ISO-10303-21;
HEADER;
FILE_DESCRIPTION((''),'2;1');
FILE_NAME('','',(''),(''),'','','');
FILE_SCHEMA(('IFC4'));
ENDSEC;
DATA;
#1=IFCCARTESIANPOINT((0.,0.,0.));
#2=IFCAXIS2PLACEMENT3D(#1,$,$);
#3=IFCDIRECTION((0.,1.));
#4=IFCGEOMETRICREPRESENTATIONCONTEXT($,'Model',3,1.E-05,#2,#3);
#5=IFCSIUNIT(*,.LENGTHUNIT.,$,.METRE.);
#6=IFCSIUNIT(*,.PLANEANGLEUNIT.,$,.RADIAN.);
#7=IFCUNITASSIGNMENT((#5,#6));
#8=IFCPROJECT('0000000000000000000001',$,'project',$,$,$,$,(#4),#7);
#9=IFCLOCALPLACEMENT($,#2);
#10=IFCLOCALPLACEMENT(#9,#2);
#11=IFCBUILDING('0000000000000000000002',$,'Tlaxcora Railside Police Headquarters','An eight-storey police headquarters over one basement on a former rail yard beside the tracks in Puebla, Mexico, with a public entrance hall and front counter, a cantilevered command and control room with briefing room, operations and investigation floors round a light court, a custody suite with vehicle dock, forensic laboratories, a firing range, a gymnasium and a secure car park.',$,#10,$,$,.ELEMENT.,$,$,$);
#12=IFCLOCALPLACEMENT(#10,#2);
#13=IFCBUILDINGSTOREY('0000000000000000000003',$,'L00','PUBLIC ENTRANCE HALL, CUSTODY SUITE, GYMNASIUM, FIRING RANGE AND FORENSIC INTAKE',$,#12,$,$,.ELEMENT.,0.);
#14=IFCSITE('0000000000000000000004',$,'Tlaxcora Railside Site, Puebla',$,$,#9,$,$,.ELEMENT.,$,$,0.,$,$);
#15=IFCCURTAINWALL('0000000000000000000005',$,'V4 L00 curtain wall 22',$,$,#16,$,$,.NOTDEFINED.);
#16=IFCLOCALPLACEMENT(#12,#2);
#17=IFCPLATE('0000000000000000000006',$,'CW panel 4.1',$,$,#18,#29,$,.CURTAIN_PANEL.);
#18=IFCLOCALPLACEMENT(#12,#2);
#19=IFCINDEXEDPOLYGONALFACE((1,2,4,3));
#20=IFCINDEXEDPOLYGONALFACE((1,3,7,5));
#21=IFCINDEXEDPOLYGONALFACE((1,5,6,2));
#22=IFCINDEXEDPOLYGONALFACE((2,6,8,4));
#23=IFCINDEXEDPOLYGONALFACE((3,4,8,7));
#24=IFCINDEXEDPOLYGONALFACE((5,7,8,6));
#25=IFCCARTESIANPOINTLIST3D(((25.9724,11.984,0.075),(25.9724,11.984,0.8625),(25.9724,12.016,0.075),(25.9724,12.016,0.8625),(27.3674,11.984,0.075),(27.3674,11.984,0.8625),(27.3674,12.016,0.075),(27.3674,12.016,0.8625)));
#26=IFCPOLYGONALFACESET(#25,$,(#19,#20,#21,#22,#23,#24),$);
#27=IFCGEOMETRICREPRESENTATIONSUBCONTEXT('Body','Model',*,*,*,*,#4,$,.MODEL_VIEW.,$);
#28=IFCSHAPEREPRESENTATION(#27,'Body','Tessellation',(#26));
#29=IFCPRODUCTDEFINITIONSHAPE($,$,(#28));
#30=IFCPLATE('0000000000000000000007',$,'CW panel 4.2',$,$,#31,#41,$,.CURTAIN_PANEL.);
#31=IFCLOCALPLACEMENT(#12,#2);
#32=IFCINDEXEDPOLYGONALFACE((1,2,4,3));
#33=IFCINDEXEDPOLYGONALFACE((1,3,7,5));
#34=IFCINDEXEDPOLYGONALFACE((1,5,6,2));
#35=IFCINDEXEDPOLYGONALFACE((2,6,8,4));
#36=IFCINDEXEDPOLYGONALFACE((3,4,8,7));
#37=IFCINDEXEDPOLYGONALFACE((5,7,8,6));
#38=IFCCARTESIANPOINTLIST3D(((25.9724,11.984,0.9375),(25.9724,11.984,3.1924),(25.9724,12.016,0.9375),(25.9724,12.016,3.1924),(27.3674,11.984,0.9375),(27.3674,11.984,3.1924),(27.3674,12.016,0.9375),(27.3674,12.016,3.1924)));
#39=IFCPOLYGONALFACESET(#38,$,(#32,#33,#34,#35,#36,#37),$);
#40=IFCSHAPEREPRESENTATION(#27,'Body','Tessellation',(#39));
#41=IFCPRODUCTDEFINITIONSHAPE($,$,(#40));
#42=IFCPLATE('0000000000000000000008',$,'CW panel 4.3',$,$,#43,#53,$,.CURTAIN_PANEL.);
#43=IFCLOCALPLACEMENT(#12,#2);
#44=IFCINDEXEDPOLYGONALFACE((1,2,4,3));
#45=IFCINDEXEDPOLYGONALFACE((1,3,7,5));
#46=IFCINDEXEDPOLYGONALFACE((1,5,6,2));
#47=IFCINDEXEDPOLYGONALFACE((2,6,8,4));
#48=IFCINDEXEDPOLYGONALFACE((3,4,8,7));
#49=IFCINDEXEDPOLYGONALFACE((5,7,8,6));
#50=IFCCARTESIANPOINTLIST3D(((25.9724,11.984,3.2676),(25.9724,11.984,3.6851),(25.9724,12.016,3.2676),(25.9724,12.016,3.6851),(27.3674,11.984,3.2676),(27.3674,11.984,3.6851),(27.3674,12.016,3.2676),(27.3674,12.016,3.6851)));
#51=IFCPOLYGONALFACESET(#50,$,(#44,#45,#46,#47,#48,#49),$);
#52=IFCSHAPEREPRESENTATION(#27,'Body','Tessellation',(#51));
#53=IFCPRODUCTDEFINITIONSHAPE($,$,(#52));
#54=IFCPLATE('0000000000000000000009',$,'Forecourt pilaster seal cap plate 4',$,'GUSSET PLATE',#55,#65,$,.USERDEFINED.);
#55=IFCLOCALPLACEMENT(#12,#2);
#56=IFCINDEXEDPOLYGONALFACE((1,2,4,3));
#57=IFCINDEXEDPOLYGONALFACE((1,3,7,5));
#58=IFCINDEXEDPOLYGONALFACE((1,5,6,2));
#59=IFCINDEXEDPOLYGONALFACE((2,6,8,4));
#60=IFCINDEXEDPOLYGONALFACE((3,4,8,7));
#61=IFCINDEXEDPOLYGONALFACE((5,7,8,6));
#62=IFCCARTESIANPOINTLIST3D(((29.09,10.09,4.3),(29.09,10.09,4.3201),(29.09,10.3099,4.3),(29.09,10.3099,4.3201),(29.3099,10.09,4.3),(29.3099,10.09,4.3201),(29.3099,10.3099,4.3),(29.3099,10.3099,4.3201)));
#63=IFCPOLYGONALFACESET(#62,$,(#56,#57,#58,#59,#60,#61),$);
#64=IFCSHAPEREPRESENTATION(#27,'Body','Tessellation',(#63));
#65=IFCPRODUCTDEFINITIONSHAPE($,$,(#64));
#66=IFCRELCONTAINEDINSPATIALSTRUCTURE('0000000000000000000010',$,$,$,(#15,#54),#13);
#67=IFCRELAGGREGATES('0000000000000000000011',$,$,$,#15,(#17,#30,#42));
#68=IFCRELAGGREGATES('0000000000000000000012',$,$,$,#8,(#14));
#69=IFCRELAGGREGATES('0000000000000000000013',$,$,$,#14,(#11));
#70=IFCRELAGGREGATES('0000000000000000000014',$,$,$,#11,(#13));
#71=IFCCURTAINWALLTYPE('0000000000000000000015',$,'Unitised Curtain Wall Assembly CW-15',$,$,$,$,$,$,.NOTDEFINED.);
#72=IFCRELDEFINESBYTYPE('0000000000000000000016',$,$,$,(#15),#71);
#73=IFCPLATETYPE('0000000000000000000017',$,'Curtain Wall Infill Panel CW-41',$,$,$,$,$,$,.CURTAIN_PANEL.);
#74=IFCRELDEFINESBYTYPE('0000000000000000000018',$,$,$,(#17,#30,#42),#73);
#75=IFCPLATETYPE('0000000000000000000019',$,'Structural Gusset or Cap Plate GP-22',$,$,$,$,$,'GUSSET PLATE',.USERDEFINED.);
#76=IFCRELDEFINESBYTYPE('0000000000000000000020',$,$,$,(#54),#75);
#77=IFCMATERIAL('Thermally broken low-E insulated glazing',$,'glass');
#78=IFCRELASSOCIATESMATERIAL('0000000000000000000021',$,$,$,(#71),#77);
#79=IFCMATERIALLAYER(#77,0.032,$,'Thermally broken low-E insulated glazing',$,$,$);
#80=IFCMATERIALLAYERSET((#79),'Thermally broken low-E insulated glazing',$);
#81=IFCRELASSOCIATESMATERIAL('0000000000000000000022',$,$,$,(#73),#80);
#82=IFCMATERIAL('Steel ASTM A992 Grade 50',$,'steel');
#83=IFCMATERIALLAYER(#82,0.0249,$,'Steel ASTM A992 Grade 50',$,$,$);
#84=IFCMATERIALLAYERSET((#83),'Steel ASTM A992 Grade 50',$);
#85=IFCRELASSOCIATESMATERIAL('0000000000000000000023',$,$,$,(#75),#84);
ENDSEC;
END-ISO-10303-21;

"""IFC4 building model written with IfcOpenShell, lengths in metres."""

from ifc_helpers import new_model, si_unit, direction, frame, origin, origin_2d, place, context, subcontext, project, spatial, rectangle, extrude, material, layer, layer_set, type_object, element, aggregate, save


model = new_model("IFC4")

# Units and contexts
model_context = context("Model", 3, precision=1e-05, world=origin(), true_north=direction((0.0, 1.0)))
body_context = subcontext(model_context, "Body", "Model", "MODEL_VIEW")
ifc_project = project(units=[si_unit("LENGTHUNIT", "METRE"), si_unit("PLANEANGLEUNIT", "RADIAN")], contexts=[model_context])

# Site, building, storey
site_placement = place(None, origin())
site = spatial("IfcSite", under=ifc_project, at=site_placement, Name="Tlaxcora Railside Site, Puebla", CompositionType="ELEMENT", RefElevation=0.0)
building_placement = place(site_placement, origin())
building = spatial("IfcBuilding", under=site, at=building_placement, Name="Tlaxcora Railside Police Headquarters", Description="An eight-storey police headquarters over one basement on a former rail yard beside the tracks in Puebla, Mexico, with a public entrance hall and front counter, a cantilevered command and control room with briefing room, operations and investigation floors round a light court, a custody suite with vehicle dock, forensic laboratories, a firing range, a gymnasium and a secure car park.", CompositionType="ELEMENT")
storey_placement = place(building_placement, origin())
storey = spatial("IfcBuildingStorey", under=building, at=storey_placement, Name="L00", Description="PUBLIC ENTRANCE HALL, CUSTODY SUITE, GYMNASIUM, FIRING RANGE AND FORENSIC INTAKE", CompositionType="ELEMENT", Elevation=0.0)

# Shared definitions
ifc_material_1 = material(Name="Steel ASTM A992 Grade 50", Category="steel")

# Curtain wall
ifc_material_2 = material(Name="Thermally broken low-E insulated glazing", Category="glass")
curtain_wall_type = type_object("IfcCurtainWallType", Name="Unitised Curtain Wall Assembly CW-15", PredefinedType="NOTDEFINED", material=ifc_material_2)
curtain_wall_placement = place(storey_placement, origin())
curtain_wall = element("IfcCurtainWall", 1, at=curtain_wall_placement, inside=storey, type_object=curtain_wall_type, Name="V4 L00 curtain wall 22", PredefinedType="NOTDEFINED")

# Plates
ifc_layer_1 = layer(ifc_material_2, 0.032, Name="Thermally broken low-E insulated glazing")
ifc_layer_set_1 = layer_set([ifc_layer_1], Name="Thermally broken low-E insulated glazing")
plate_type_1 = type_object("IfcPlateType", Name="Curtain Wall Infill Panel CW-41", PredefinedType="CURTAIN_PANEL", material=ifc_layer_set_1)
plate_1_placement = place(storey_placement, frame((26.6699, 12.0, 0.075), z_axis=(0.0, 0.0, 1.0), x_axis=(1.0, 0.0, 0.0)))
plate_1 = element("IfcPlate", 2, at=plate_1_placement, type_object=plate_type_1, Name="CW panel 4.1", PredefinedType="CURTAIN_PANEL", context=body_context, shape_type="SweptSolid", body=[
    extrude(rectangle(XDim=1.395, YDim=0.032, at=origin_2d()), origin(), (0.0, 0.0, 1.0), 0.7876),
])
plate_2_placement = place(storey_placement, frame((26.6699, 12.0, 0.9375), z_axis=(0.0, 0.0, 1.0), x_axis=(1.0, 0.0, 0.0)))
plate_2 = element("IfcPlate", 3, at=plate_2_placement, type_object=plate_type_1, Name="CW panel 4.2", PredefinedType="CURTAIN_PANEL", context=body_context, shape_type="SweptSolid", body=[
    extrude(rectangle(XDim=1.395, YDim=0.032, at=origin_2d()), origin(), (0.0, 0.0, 1.0), 2.2549),
])
plate_3_placement = place(storey_placement, frame((26.6699, 12.0, 3.2676), z_axis=(0.0, 0.0, 1.0), x_axis=(1.0, 0.0, 0.0)))
plate_3 = element("IfcPlate", 4, at=plate_3_placement, type_object=plate_type_1, Name="CW panel 4.3", PredefinedType="CURTAIN_PANEL", context=body_context, shape_type="SweptSolid", body=[
    extrude(rectangle(XDim=1.395, YDim=0.032, at=origin_2d()), origin(), (0.0, 0.0, 1.0), 0.4175),
])
aggregate(curtain_wall, [plate_1, plate_2, plate_3])
ifc_layer_2 = layer(ifc_material_1, 0.0249, Name="Steel ASTM A992 Grade 50")
ifc_layer_set_2 = layer_set([ifc_layer_2], Name="Steel ASTM A992 Grade 50")
plate_type_2 = type_object("IfcPlateType", Name="Structural Gusset or Cap Plate GP-22", ElementType="GUSSET PLATE", PredefinedType="USERDEFINED", material=ifc_layer_set_2)
plate_4_placement = place(storey_placement, frame((29.2, 10.2, 4.3), z_axis=(0.0, 0.0, 1.0), x_axis=(1.0, 0.0, 0.0)))
element("IfcPlate", 5, at=plate_4_placement, inside=storey, type_object=plate_type_2, Name="Forecourt pilaster seal cap plate 4", ObjectType="GUSSET PLATE", PredefinedType="USERDEFINED", context=body_context, shape_type="SweptSolid", body=[
    extrude(rectangle(XDim=0.22, YDim=0.22, at=origin_2d()), origin(), (0.0, 0.0, 1.0), 0.02),
])

save(model, "model.ifc")
